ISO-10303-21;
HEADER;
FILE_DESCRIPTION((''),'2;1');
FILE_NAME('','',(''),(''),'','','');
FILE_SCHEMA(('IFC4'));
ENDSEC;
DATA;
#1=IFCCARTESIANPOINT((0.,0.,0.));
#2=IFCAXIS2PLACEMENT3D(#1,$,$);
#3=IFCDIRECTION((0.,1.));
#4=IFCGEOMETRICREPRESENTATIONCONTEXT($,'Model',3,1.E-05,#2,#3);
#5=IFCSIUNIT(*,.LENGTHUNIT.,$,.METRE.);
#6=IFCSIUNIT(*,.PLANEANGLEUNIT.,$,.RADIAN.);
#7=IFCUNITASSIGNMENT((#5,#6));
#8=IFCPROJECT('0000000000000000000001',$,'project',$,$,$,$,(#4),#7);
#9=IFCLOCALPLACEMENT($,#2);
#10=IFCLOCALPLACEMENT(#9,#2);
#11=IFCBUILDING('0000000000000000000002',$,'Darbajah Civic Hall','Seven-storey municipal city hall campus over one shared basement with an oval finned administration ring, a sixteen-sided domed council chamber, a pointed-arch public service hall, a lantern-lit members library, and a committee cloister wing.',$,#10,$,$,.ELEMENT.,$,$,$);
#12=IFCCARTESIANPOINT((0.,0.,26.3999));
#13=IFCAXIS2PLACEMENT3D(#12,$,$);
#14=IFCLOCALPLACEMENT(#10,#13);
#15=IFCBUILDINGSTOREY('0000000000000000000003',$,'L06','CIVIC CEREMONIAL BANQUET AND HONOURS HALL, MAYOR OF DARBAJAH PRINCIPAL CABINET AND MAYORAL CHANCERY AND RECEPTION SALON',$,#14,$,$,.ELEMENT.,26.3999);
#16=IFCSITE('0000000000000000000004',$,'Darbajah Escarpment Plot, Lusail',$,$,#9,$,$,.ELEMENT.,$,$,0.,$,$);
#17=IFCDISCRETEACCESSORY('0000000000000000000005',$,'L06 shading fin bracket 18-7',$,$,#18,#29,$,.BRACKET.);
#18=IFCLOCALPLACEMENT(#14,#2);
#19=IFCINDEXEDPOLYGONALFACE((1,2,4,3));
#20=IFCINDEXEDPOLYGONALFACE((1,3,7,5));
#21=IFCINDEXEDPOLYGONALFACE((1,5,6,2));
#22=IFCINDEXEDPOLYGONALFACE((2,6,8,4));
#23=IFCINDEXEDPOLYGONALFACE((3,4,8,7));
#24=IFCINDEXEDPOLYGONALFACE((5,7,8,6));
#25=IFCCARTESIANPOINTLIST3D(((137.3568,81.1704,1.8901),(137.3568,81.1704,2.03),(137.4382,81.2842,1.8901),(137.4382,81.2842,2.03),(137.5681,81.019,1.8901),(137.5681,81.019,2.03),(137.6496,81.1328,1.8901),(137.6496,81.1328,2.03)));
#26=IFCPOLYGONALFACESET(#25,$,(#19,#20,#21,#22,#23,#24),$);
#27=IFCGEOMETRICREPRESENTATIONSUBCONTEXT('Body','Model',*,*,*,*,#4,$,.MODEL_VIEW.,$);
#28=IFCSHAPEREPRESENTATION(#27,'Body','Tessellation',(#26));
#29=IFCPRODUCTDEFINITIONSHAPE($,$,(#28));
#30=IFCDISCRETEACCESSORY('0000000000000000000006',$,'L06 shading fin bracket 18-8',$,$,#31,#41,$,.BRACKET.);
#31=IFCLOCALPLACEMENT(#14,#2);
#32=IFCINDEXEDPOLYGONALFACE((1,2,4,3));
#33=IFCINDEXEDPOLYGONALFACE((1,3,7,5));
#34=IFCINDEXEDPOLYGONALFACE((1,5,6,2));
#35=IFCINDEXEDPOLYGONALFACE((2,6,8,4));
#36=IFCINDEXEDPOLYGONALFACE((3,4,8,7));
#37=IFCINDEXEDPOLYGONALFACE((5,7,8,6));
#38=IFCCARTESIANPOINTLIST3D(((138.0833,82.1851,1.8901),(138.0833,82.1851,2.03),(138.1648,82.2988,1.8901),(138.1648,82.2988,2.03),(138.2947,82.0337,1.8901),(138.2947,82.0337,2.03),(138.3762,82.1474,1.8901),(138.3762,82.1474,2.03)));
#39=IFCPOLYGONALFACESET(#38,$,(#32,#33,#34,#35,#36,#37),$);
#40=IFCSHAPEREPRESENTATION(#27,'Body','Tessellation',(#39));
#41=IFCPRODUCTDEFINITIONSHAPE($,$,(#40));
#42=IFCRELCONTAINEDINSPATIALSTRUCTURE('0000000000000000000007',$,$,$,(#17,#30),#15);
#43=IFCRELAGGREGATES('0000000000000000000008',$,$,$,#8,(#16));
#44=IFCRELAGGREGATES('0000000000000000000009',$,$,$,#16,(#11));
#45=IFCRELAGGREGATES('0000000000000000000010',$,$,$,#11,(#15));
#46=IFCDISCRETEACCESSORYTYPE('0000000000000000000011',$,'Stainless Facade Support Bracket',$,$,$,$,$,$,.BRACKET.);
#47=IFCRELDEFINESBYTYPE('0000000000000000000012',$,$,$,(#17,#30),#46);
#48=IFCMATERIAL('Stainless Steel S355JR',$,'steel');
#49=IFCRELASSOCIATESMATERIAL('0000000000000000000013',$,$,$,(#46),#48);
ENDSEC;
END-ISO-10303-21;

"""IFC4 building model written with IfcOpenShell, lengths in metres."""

from ifc_helpers import new_model, si_unit, direction, frame, origin, origin_2d, place, context, subcontext, project, spatial, rectangle, extrude, material, type_object, element, save


model = new_model("IFC4")

# Units and contexts
model_context = context("Model", 3, precision=1e-05, world=origin(), true_north=direction((0.0, 1.0)))
body_context = subcontext(model_context, "Body", "Model", "MODEL_VIEW")
ifc_project = project(units=[si_unit("LENGTHUNIT", "METRE"), si_unit("PLANEANGLEUNIT", "RADIAN")], contexts=[model_context])

# Site, building, storey
site_placement = place(None, origin())
site = spatial("IfcSite", under=ifc_project, at=site_placement, Name="Darbajah Escarpment Plot, Lusail", CompositionType="ELEMENT", RefElevation=0.0)
building_placement = place(site_placement, origin())
building = spatial("IfcBuilding", under=site, at=building_placement, Name="Darbajah Civic Hall", Description="Seven-storey municipal city hall campus over one shared basement with an oval finned administration ring, a sixteen-sided domed council chamber, a pointed-arch public service hall, a lantern-lit members library, and a committee cloister wing.", CompositionType="ELEMENT")
storey_placement = place(building_placement, frame((0.0, 0.0, 26.3999)))
storey = spatial("IfcBuildingStorey", under=building, at=storey_placement, Name="L06", Description="CIVIC CEREMONIAL BANQUET AND HONOURS HALL, MAYOR OF DARBAJAH PRINCIPAL CABINET AND MAYORAL CHANCERY AND RECEPTION SALON", CompositionType="ELEMENT", Elevation=26.3999)

# Discrete accessories
ifc_material_1 = material(Name="Stainless Steel S355JR", Category="steel")
discrete_accessory_type = type_object("IfcDiscreteAccessoryType", Name="Stainless Facade Support Bracket", PredefinedType="BRACKET", material=ifc_material_1)
for number, where, z_axis, x_axis, name in (
    (1, (137.5032, 81.1516, 1.8901), (0.0, 0.0, 1.0), (0.812999, -0.582265, 0.0), "L06 shading fin bracket 18-7"),
    (2, (138.2297, 82.1663, 1.8901), (0.0, 0.0, 1.0), (0.812999, -0.582265, 0.0), "L06 shading fin bracket 18-8"),
):
    element("IfcDiscreteAccessory", number, at=place(storey_placement, frame(where, z_axis=z_axis, x_axis=x_axis)), inside=storey, type_object=discrete_accessory_type, Name=name, PredefinedType="BRACKET", context=body_context, shape_type="SweptSolid", body=[
        extrude(rectangle(XDim=0.26, YDim=0.1399, at=origin_2d()), origin(), (0.0, 0.0, 1.0), 0.1399),
    ])

save(model, "model.ifc")
